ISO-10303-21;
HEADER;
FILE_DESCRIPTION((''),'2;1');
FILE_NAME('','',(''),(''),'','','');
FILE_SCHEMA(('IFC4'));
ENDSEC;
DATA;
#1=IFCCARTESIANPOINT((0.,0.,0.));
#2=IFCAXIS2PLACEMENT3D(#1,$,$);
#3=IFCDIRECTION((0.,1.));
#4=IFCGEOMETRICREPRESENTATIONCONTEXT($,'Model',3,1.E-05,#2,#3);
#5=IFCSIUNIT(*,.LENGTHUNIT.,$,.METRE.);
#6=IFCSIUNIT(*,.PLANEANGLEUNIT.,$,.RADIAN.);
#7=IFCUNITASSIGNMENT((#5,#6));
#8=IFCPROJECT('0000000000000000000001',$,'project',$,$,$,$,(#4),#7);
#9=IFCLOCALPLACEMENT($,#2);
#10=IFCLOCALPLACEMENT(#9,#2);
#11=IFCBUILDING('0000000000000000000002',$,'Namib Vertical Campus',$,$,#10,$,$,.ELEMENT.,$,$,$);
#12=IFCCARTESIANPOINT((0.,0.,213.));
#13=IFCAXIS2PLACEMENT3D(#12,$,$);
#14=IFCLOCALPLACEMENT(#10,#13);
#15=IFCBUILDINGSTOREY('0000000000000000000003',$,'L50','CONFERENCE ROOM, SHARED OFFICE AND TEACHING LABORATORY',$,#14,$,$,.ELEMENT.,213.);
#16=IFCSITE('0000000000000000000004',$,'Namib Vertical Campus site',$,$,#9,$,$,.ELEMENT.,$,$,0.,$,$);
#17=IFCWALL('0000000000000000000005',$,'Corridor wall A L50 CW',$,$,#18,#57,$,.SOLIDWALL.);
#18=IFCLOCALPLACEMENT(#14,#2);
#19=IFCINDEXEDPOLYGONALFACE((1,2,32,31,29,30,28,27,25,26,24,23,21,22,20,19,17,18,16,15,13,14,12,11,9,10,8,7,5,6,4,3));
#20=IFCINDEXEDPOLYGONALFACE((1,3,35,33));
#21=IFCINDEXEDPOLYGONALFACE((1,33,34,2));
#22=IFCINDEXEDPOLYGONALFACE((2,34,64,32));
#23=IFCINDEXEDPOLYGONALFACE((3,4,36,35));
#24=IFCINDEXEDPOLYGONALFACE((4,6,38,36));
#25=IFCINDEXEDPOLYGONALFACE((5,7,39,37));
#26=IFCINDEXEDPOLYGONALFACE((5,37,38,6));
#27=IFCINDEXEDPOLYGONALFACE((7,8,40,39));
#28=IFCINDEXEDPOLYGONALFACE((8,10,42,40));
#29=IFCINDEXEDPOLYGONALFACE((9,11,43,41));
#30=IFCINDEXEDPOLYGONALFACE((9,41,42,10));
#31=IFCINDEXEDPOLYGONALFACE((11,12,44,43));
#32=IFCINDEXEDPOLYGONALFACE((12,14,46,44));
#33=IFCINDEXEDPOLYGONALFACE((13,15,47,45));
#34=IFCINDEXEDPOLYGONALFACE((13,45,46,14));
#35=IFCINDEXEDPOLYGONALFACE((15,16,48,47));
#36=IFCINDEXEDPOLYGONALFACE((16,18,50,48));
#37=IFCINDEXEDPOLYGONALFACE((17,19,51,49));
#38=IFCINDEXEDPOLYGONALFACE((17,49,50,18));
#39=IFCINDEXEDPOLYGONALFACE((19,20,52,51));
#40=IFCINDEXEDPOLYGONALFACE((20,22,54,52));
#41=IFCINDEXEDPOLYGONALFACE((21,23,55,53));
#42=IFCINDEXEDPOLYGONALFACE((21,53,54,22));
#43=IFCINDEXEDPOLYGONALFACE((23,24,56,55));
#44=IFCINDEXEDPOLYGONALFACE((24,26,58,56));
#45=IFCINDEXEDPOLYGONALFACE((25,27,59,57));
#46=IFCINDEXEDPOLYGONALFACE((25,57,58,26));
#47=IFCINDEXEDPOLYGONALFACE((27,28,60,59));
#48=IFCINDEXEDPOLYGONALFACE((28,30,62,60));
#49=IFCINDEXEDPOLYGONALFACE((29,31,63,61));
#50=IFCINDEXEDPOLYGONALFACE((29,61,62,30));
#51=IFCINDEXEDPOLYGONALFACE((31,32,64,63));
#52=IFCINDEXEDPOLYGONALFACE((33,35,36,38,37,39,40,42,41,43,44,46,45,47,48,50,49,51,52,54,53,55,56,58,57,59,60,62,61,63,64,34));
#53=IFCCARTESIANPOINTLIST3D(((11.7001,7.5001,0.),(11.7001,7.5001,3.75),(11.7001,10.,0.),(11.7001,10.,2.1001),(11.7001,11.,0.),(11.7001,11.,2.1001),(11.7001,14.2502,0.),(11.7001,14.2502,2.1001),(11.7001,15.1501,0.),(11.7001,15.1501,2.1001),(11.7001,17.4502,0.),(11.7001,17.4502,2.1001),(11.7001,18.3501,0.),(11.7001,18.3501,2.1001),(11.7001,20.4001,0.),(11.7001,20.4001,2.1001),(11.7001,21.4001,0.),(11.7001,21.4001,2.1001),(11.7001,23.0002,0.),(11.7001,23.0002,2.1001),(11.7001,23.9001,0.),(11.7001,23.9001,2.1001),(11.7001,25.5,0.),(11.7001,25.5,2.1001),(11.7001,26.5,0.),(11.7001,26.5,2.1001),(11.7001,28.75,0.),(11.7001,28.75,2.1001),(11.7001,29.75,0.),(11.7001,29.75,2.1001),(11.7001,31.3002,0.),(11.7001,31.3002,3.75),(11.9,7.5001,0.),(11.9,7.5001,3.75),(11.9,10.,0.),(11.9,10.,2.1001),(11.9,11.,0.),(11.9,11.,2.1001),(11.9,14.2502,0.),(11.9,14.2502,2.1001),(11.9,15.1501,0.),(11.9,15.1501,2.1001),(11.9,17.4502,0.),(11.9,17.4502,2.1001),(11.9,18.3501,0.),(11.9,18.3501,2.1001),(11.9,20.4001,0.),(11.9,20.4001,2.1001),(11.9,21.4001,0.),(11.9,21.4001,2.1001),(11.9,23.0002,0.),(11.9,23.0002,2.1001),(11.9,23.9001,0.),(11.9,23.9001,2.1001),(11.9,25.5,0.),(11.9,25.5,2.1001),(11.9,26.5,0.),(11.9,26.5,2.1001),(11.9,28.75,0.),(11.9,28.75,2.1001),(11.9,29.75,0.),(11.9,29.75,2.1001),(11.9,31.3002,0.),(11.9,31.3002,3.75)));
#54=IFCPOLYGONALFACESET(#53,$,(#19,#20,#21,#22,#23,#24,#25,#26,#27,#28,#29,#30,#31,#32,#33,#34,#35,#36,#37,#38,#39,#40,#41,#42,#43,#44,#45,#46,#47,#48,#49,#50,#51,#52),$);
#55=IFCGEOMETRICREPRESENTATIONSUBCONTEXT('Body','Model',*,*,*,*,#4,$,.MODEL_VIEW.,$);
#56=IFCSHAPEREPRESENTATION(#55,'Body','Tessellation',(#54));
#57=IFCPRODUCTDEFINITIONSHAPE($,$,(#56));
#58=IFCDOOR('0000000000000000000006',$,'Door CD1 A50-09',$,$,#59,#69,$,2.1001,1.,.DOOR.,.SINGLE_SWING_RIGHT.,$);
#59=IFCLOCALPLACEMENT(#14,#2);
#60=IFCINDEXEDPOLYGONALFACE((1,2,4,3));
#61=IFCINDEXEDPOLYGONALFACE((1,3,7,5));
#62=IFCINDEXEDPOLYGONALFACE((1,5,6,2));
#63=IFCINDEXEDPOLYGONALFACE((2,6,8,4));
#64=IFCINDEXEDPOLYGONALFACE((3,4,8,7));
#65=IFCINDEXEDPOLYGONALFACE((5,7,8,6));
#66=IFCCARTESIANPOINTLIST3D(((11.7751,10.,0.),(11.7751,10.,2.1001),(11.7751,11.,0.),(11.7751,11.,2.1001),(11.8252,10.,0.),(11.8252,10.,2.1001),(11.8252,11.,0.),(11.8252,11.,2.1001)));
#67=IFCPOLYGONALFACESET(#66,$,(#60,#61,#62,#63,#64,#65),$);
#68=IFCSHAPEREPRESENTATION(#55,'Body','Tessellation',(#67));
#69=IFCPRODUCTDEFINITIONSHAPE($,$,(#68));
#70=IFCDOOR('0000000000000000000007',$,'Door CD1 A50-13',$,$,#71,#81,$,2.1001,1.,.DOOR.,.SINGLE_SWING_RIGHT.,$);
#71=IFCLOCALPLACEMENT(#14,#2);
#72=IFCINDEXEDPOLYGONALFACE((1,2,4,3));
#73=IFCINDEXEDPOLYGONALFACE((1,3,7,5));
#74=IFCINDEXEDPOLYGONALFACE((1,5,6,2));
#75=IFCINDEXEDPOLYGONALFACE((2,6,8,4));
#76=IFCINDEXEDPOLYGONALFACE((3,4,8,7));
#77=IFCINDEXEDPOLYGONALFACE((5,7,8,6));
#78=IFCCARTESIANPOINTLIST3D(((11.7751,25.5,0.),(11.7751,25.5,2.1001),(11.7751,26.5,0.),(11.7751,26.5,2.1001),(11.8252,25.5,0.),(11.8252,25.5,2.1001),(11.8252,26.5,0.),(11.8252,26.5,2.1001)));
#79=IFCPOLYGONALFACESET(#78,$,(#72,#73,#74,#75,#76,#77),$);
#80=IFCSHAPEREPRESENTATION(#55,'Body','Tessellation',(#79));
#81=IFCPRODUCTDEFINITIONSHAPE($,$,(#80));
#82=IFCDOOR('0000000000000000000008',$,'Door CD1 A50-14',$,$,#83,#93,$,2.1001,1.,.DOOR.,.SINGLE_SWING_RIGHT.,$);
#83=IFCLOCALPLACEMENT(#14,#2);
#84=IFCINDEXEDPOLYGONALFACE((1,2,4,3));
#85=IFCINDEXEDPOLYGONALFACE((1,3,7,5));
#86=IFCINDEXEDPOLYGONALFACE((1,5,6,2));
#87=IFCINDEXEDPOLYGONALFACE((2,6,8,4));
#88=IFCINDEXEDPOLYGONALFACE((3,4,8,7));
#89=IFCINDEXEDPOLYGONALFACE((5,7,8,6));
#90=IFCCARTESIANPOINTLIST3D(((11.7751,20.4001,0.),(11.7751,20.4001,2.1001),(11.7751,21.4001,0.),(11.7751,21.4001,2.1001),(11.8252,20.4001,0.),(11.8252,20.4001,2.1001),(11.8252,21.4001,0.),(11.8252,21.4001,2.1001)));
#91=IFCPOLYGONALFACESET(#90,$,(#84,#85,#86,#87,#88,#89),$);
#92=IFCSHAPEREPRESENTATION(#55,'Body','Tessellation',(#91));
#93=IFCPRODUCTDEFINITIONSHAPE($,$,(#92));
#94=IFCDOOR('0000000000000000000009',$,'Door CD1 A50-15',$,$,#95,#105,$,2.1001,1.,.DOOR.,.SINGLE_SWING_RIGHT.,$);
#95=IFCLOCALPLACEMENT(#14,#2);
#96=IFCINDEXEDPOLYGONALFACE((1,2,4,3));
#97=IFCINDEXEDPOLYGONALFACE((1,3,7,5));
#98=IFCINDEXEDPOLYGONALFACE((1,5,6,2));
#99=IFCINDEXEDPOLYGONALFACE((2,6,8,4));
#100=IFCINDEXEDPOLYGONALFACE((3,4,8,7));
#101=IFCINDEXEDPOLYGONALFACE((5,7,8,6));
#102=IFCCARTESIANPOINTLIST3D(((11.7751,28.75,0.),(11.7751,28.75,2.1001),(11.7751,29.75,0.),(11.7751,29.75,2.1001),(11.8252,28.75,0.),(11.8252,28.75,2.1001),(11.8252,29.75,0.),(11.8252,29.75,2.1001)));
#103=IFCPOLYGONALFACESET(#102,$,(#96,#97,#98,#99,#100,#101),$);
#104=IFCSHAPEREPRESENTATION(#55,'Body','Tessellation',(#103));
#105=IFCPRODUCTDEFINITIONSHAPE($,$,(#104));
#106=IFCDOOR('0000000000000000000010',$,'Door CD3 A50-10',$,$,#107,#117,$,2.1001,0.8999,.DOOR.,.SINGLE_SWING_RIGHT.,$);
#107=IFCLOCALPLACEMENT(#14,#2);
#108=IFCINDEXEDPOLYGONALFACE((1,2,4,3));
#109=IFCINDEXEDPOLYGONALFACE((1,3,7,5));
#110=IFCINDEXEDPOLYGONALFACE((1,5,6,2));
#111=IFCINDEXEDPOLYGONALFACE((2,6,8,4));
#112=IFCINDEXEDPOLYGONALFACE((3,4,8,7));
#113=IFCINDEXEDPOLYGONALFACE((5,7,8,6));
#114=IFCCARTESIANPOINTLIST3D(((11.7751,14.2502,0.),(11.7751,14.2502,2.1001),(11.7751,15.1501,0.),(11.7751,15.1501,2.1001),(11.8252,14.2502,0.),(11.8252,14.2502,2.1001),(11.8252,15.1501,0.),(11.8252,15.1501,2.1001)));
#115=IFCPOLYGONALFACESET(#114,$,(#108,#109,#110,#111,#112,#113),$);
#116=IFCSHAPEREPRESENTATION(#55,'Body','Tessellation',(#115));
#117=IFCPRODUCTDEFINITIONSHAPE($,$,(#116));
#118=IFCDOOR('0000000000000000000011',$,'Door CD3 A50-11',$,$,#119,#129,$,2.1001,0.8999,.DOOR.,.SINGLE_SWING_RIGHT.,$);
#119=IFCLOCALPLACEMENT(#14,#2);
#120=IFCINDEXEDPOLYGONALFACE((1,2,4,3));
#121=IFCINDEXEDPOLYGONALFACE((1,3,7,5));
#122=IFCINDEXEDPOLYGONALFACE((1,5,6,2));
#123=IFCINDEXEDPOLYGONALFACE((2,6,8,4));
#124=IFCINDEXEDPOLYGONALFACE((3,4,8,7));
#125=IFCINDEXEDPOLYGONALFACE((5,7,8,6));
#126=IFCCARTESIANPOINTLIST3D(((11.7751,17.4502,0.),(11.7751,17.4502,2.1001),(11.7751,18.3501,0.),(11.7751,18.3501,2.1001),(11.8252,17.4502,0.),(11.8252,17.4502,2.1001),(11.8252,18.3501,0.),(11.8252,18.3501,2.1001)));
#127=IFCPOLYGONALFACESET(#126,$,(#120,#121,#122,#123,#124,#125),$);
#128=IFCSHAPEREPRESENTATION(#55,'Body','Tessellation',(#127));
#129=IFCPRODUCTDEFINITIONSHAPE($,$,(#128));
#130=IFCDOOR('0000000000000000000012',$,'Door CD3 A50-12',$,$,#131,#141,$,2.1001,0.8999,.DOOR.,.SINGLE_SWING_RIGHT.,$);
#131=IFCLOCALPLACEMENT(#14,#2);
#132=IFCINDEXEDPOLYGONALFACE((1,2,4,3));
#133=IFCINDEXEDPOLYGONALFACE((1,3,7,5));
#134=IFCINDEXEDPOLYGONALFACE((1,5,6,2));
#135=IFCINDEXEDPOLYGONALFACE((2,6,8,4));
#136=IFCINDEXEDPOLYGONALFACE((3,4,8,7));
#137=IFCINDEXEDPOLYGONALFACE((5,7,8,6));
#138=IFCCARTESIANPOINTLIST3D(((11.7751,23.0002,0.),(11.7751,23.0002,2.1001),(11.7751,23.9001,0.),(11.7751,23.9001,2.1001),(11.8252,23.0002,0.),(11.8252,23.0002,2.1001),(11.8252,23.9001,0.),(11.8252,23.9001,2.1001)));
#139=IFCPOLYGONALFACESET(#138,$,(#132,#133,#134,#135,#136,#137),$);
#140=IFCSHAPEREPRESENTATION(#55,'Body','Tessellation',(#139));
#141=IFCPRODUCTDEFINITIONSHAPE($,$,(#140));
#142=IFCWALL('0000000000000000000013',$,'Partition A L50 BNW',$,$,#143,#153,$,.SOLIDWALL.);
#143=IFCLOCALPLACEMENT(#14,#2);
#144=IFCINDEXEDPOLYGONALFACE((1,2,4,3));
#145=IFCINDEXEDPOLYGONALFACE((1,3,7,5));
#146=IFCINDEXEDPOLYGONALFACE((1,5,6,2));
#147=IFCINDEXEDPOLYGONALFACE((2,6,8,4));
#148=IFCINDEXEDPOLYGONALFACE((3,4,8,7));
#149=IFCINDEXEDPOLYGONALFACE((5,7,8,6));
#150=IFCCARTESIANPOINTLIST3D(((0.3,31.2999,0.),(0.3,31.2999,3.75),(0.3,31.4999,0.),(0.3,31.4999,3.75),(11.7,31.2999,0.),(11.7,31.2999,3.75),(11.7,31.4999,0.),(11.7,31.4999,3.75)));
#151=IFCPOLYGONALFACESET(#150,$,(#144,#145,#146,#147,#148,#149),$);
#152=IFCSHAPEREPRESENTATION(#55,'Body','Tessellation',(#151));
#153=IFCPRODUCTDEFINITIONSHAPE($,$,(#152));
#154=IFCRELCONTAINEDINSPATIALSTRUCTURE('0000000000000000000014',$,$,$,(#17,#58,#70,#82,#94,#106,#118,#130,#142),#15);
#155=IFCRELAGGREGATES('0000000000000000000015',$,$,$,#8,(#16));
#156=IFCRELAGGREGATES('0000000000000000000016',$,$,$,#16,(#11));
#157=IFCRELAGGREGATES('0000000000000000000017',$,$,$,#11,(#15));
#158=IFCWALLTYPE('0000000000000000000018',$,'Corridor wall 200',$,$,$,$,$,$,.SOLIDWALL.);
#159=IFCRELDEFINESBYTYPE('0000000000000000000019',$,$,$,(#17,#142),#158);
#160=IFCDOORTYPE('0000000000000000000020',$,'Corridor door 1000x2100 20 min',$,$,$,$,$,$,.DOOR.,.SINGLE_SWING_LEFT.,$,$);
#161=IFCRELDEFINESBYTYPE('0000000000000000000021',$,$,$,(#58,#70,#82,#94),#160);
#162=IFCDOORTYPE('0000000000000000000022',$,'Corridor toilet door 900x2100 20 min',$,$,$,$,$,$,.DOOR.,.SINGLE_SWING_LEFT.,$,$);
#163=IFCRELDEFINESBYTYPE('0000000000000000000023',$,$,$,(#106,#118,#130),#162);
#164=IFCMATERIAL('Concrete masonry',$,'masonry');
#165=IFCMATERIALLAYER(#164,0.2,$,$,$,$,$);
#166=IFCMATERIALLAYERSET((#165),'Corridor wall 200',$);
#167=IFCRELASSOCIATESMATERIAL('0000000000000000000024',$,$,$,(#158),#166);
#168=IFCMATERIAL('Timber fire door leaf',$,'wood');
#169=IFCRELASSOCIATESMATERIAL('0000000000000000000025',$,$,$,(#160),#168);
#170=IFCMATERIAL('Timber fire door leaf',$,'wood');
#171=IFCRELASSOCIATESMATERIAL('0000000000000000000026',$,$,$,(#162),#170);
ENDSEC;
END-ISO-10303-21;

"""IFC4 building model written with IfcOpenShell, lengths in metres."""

from ifc_helpers import new_model, si_unit, direction, frame, frame_2d, origin, place, context, subcontext, project, spatial, rectangle, extrude, material, layer, layer_set, type_object, element, fill, save


model = new_model("IFC4")

# Units and contexts
model_context = context("Model", 3, precision=1e-05, world=origin(), true_north=direction((0.0, 1.0)))
body_context = subcontext(model_context, "Body", "Model", "MODEL_VIEW")
ifc_project = project(units=[si_unit("LENGTHUNIT", "METRE"), si_unit("PLANEANGLEUNIT", "RADIAN")], contexts=[model_context])

# Site, building, storey
site_placement = place(None, origin())
site = spatial("IfcSite", under=ifc_project, at=site_placement, Name="Namib Vertical Campus site", CompositionType="ELEMENT", RefElevation=0.0)
building_placement = place(site_placement, origin())
building = spatial("IfcBuilding", under=site, at=building_placement, Name="Namib Vertical Campus", CompositionType="ELEMENT")
storey_placement = place(building_placement, frame((0.0, 0.0, 213.0)))
storey = spatial("IfcBuildingStorey", under=building, at=storey_placement, Name="L50", Description="CONFERENCE ROOM, SHARED OFFICE AND TEACHING LABORATORY", CompositionType="ELEMENT", Elevation=213.0)

# Wall, openings, doors
ifc_material_1 = material(Name="Concrete masonry", Category="masonry")
ifc_layer_1 = layer(ifc_material_1, 0.2)
ifc_layer_set_1 = layer_set([ifc_layer_1], Name="Corridor wall 200")
wall_type_1 = type_object("IfcWallType", Name="Corridor wall 200", PredefinedType="SOLIDWALL", material=ifc_layer_set_1)
wall_1_placement = place(storey_placement, frame((11.8, 31.3, 0.0), z_axis=(0.0, 0.0, 1.0), x_axis=(0.0, -1.0, 0.0)))
wall_1 = element("IfcWall", 1, at=wall_1_placement, inside=storey, type_object=wall_type_1, Name="Corridor wall A L50 CW", PredefinedType="SOLIDWALL", context=body_context, shape_type="SweptSolid", body=[
    extrude(rectangle(XDim=23.8, YDim=0.2, at=frame_2d((11.8999, 0.0))), origin(), (0.0, 0.0, 1.0), 3.75),
])
opening_1_placement = place(wall_1_placement, frame((20.3, 0.0, 0.0)))
opening_1 = element("IfcOpeningElement", 2, at=opening_1_placement, cuts=wall_1, PredefinedType="OPENING", context=body_context, shape_type="SweptSolid", body=[
    extrude(rectangle(XDim=1.0, YDim=2.1001, at=frame_2d((0.5, 1.05))), frame((0.0, 0.1099, 0.0), z_axis=(0.0, -1.0, 0.0), x_axis=(1.0, 0.0, 0.0)), (0.0, 0.0, 1.0), 0.22),
])
opening_2_placement = place(wall_1_placement, frame((16.1499, 0.0, 0.0)))
opening_2 = element("IfcOpeningElement", 3, at=opening_2_placement, cuts=wall_1, PredefinedType="OPENING", context=body_context, shape_type="SweptSolid", body=[
    extrude(rectangle(XDim=0.8999, YDim=2.1001, at=frame_2d((0.45, 1.05))), frame((0.0, 0.1099, 0.0), z_axis=(0.0, -1.0, 0.0), x_axis=(1.0, 0.0, 0.0)), (0.0, 0.0, 1.0), 0.22),
])
opening_3_placement = place(wall_1_placement, frame((12.95, 0.0, 0.0)))
opening_3 = element("IfcOpeningElement", 4, at=opening_3_placement, cuts=wall_1, PredefinedType="OPENING", context=body_context, shape_type="SweptSolid", body=[
    extrude(rectangle(XDim=0.8999, YDim=2.1001, at=frame_2d((0.45, 1.05))), frame((0.0, 0.1099, 0.0), z_axis=(0.0, -1.0, 0.0), x_axis=(1.0, 0.0, 0.0)), (0.0, 0.0, 1.0), 0.22),
])
opening_4_placement = place(wall_1_placement, frame((7.3999, 0.0, 0.0)))
opening_4 = element("IfcOpeningElement", 5, at=opening_4_placement, cuts=wall_1, PredefinedType="OPENING", context=body_context, shape_type="SweptSolid", body=[
    extrude(rectangle(XDim=0.8999, YDim=2.1001, at=frame_2d((0.45, 1.05))), frame((0.0, 0.1099, 0.0), z_axis=(0.0, -1.0, 0.0), x_axis=(1.0, 0.0, 0.0)), (0.0, 0.0, 1.0), 0.22),
])
opening_5_placement = place(wall_1_placement, frame((4.8, 0.0, 0.0)))
opening_5 = element("IfcOpeningElement", 6, at=opening_5_placement, cuts=wall_1, PredefinedType="OPENING", context=body_context, shape_type="SweptSolid", body=[
    extrude(rectangle(XDim=1.0, YDim=2.1001, at=frame_2d((0.5, 1.05))), frame((0.0, 0.1099, 0.0), z_axis=(0.0, -1.0, 0.0), x_axis=(1.0, 0.0, 0.0)), (0.0, 0.0, 1.0), 0.22),
])
opening_6_placement = place(wall_1_placement, frame((9.8999, 0.0, 0.0)))
opening_6 = element("IfcOpeningElement", 7, at=opening_6_placement, cuts=wall_1, PredefinedType="OPENING", context=body_context, shape_type="SweptSolid", body=[
    extrude(rectangle(XDim=1.0, YDim=2.1001, at=frame_2d((0.5, 1.05))), frame((0.0, 0.1099, 0.0), z_axis=(0.0, -1.0, 0.0), x_axis=(1.0, 0.0, 0.0)), (0.0, 0.0, 1.0), 0.22),
])
opening_7_placement = place(wall_1_placement, frame((1.55, 0.0, 0.0)))
opening_7 = element("IfcOpeningElement", 8, at=opening_7_placement, cuts=wall_1, PredefinedType="OPENING", context=body_context, shape_type="SweptSolid", body=[
    extrude(rectangle(XDim=1.0, YDim=2.1001, at=frame_2d((0.5, 1.05))), frame((0.0, 0.1099, 0.0), z_axis=(0.0, -1.0, 0.0), x_axis=(1.0, 0.0, 0.0)), (0.0, 0.0, 1.0), 0.22),
])
ifc_material_2 = material(Name="Timber fire door leaf", Category="wood")
door_type_1 = type_object("IfcDoorType", Name="Corridor door 1000x2100 20 min", OperationType="SINGLE_SWING_LEFT", PredefinedType="DOOR", material=ifc_material_2)
door_1_placement = place(opening_1_placement, frame((1.0, 0.0, 0.0), z_axis=(0.0, 0.0, 1.0), x_axis=(-1.0, 0.0, 0.0)))
door_1 = element("IfcDoor", 9, at=door_1_placement, inside=storey, type_object=door_type_1, Name="Door CD1 A50-09", OperationType="SINGLE_SWING_RIGHT", OverallHeight=2.1001, OverallWidth=1.0, PredefinedType="DOOR", context=body_context, shape_type="SweptSolid", body=[
    extrude(rectangle(XDim=1.0, YDim=2.1001, at=frame_2d((0.5, 1.05))), frame((0.0, 0.0249, 0.0), z_axis=(0.0, -1.0, 0.0), x_axis=(1.0, 0.0, 0.0)), (0.0, 0.0, 1.0), 0.05),
])
fill(opening_1, door_1)
door_2_placement = place(opening_5_placement, frame((1.0, 0.0, 0.0), z_axis=(0.0, 0.0, 1.0), x_axis=(-1.0, 0.0, 0.0)))
door_2 = element("IfcDoor", 10, at=door_2_placement, inside=storey, type_object=door_type_1, Name="Door CD1 A50-13", OperationType="SINGLE_SWING_RIGHT", OverallHeight=2.1001, OverallWidth=1.0, PredefinedType="DOOR", context=body_context, shape_type="SweptSolid", body=[
    extrude(rectangle(XDim=1.0, YDim=2.1001, at=frame_2d((0.5, 1.05))), frame((0.0, 0.0249, 0.0), z_axis=(0.0, -1.0, 0.0), x_axis=(1.0, 0.0, 0.0)), (0.0, 0.0, 1.0), 0.05),
])
fill(opening_5, door_2)
door_3_placement = place(opening_6_placement, frame((1.0, 0.0, 0.0), z_axis=(0.0, 0.0, 1.0), x_axis=(-1.0, 0.0, 0.0)))
door_3 = element("IfcDoor", 11, at=door_3_placement, inside=storey, type_object=door_type_1, Name="Door CD1 A50-14", OperationType="SINGLE_SWING_RIGHT", OverallHeight=2.1001, OverallWidth=1.0, PredefinedType="DOOR", context=body_context, shape_type="SweptSolid", body=[
    extrude(rectangle(XDim=1.0, YDim=2.1001, at=frame_2d((0.5, 1.05))), frame((0.0, 0.0249, 0.0), z_axis=(0.0, -1.0, 0.0), x_axis=(1.0, 0.0, 0.0)), (0.0, 0.0, 1.0), 0.05),
])
fill(opening_6, door_3)
door_4_placement = place(opening_7_placement, frame((1.0, 0.0, 0.0), z_axis=(0.0, 0.0, 1.0), x_axis=(-1.0, 0.0, 0.0)))
door_4 = element("IfcDoor", 12, at=door_4_placement, inside=storey, type_object=door_type_1, Name="Door CD1 A50-15", OperationType="SINGLE_SWING_RIGHT", OverallHeight=2.1001, OverallWidth=1.0, PredefinedType="DOOR", context=body_context, shape_type="SweptSolid", body=[
    extrude(rectangle(XDim=1.0, YDim=2.1001, at=frame_2d((0.5, 1.05))), frame((0.0, 0.0249, 0.0), z_axis=(0.0, -1.0, 0.0), x_axis=(1.0, 0.0, 0.0)), (0.0, 0.0, 1.0), 0.05),
])
fill(opening_7, door_4)
ifc_material_3 = material(Name="Timber fire door leaf", Category="wood")
door_type_2 = type_object("IfcDoorType", Name="Corridor toilet door 900x2100 20 min", OperationType="SINGLE_SWING_LEFT", PredefinedType="DOOR", material=ifc_material_3)
door_5_placement = place(opening_2_placement, frame((0.8999, 0.0, 0.0), z_axis=(0.0, 0.0, 1.0), x_axis=(-1.0, 0.0, 0.0)))
door_5 = element("IfcDoor", 13, at=door_5_placement, inside=storey, type_object=door_type_2, Name="Door CD3 A50-10", OperationType="SINGLE_SWING_RIGHT", OverallHeight=2.1001, OverallWidth=0.8999, PredefinedType="DOOR", context=body_context, shape_type="SweptSolid", body=[
    extrude(rectangle(XDim=0.8999, YDim=2.1001, at=frame_2d((0.45, 1.05))), frame((0.0, 0.0249, 0.0), z_axis=(0.0, -1.0, 0.0), x_axis=(1.0, 0.0, 0.0)), (0.0, 0.0, 1.0), 0.05),
])
fill(opening_2, door_5)
door_6_placement = place(opening_3_placement, frame((0.8999, 0.0, 0.0), z_axis=(0.0, 0.0, 1.0), x_axis=(-1.0, 0.0, 0.0)))
door_6 = element("IfcDoor", 14, at=door_6_placement, inside=storey, type_object=door_type_2, Name="Door CD3 A50-11", OperationType="SINGLE_SWING_RIGHT", OverallHeight=2.1001, OverallWidth=0.8999, PredefinedType="DOOR", context=body_context, shape_type="SweptSolid", body=[
    extrude(rectangle(XDim=0.8999, YDim=2.1001, at=frame_2d((0.45, 1.05))), frame((0.0, 0.0249, 0.0), z_axis=(0.0, -1.0, 0.0), x_axis=(1.0, 0.0, 0.0)), (0.0, 0.0, 1.0), 0.05),
])
fill(opening_3, door_6)
door_7_placement = place(opening_4_placement, frame((0.8999, 0.0, 0.0), z_axis=(0.0, 0.0, 1.0), x_axis=(-1.0, 0.0, 0.0)))
door_7 = element("IfcDoor", 15, at=door_7_placement, inside=storey, type_object=door_type_2, Name="Door CD3 A50-12", OperationType="SINGLE_SWING_RIGHT", OverallHeight=2.1001, OverallWidth=0.8999, PredefinedType="DOOR", context=body_context, shape_type="SweptSolid", body=[
    extrude(rectangle(XDim=0.8999, YDim=2.1001, at=frame_2d((0.45, 1.05))), frame((0.0, 0.0249, 0.0), z_axis=(0.0, -1.0, 0.0), x_axis=(1.0, 0.0, 0.0)), (0.0, 0.0, 1.0), 0.05),
])
fill(opening_4, door_7)

# Wall
wall_2_placement = place(storey_placement, frame((0.3, 31.3999, 0.0), z_axis=(0.0, 0.0, 1.0), x_axis=(1.0, 0.0, 0.0)))
element("IfcWall", 16, at=wall_2_placement, inside=storey, type_object=wall_type_1, Name="Partition A L50 BNW", PredefinedType="SOLIDWALL", context=body_context, shape_type="SweptSolid", body=[
    extrude(rectangle(XDim=11.3999, YDim=0.2, at=frame_2d((5.7, 0.0))), origin(), (0.0, 0.0, 1.0), 3.75),
])

save(model, "model.ifc")
